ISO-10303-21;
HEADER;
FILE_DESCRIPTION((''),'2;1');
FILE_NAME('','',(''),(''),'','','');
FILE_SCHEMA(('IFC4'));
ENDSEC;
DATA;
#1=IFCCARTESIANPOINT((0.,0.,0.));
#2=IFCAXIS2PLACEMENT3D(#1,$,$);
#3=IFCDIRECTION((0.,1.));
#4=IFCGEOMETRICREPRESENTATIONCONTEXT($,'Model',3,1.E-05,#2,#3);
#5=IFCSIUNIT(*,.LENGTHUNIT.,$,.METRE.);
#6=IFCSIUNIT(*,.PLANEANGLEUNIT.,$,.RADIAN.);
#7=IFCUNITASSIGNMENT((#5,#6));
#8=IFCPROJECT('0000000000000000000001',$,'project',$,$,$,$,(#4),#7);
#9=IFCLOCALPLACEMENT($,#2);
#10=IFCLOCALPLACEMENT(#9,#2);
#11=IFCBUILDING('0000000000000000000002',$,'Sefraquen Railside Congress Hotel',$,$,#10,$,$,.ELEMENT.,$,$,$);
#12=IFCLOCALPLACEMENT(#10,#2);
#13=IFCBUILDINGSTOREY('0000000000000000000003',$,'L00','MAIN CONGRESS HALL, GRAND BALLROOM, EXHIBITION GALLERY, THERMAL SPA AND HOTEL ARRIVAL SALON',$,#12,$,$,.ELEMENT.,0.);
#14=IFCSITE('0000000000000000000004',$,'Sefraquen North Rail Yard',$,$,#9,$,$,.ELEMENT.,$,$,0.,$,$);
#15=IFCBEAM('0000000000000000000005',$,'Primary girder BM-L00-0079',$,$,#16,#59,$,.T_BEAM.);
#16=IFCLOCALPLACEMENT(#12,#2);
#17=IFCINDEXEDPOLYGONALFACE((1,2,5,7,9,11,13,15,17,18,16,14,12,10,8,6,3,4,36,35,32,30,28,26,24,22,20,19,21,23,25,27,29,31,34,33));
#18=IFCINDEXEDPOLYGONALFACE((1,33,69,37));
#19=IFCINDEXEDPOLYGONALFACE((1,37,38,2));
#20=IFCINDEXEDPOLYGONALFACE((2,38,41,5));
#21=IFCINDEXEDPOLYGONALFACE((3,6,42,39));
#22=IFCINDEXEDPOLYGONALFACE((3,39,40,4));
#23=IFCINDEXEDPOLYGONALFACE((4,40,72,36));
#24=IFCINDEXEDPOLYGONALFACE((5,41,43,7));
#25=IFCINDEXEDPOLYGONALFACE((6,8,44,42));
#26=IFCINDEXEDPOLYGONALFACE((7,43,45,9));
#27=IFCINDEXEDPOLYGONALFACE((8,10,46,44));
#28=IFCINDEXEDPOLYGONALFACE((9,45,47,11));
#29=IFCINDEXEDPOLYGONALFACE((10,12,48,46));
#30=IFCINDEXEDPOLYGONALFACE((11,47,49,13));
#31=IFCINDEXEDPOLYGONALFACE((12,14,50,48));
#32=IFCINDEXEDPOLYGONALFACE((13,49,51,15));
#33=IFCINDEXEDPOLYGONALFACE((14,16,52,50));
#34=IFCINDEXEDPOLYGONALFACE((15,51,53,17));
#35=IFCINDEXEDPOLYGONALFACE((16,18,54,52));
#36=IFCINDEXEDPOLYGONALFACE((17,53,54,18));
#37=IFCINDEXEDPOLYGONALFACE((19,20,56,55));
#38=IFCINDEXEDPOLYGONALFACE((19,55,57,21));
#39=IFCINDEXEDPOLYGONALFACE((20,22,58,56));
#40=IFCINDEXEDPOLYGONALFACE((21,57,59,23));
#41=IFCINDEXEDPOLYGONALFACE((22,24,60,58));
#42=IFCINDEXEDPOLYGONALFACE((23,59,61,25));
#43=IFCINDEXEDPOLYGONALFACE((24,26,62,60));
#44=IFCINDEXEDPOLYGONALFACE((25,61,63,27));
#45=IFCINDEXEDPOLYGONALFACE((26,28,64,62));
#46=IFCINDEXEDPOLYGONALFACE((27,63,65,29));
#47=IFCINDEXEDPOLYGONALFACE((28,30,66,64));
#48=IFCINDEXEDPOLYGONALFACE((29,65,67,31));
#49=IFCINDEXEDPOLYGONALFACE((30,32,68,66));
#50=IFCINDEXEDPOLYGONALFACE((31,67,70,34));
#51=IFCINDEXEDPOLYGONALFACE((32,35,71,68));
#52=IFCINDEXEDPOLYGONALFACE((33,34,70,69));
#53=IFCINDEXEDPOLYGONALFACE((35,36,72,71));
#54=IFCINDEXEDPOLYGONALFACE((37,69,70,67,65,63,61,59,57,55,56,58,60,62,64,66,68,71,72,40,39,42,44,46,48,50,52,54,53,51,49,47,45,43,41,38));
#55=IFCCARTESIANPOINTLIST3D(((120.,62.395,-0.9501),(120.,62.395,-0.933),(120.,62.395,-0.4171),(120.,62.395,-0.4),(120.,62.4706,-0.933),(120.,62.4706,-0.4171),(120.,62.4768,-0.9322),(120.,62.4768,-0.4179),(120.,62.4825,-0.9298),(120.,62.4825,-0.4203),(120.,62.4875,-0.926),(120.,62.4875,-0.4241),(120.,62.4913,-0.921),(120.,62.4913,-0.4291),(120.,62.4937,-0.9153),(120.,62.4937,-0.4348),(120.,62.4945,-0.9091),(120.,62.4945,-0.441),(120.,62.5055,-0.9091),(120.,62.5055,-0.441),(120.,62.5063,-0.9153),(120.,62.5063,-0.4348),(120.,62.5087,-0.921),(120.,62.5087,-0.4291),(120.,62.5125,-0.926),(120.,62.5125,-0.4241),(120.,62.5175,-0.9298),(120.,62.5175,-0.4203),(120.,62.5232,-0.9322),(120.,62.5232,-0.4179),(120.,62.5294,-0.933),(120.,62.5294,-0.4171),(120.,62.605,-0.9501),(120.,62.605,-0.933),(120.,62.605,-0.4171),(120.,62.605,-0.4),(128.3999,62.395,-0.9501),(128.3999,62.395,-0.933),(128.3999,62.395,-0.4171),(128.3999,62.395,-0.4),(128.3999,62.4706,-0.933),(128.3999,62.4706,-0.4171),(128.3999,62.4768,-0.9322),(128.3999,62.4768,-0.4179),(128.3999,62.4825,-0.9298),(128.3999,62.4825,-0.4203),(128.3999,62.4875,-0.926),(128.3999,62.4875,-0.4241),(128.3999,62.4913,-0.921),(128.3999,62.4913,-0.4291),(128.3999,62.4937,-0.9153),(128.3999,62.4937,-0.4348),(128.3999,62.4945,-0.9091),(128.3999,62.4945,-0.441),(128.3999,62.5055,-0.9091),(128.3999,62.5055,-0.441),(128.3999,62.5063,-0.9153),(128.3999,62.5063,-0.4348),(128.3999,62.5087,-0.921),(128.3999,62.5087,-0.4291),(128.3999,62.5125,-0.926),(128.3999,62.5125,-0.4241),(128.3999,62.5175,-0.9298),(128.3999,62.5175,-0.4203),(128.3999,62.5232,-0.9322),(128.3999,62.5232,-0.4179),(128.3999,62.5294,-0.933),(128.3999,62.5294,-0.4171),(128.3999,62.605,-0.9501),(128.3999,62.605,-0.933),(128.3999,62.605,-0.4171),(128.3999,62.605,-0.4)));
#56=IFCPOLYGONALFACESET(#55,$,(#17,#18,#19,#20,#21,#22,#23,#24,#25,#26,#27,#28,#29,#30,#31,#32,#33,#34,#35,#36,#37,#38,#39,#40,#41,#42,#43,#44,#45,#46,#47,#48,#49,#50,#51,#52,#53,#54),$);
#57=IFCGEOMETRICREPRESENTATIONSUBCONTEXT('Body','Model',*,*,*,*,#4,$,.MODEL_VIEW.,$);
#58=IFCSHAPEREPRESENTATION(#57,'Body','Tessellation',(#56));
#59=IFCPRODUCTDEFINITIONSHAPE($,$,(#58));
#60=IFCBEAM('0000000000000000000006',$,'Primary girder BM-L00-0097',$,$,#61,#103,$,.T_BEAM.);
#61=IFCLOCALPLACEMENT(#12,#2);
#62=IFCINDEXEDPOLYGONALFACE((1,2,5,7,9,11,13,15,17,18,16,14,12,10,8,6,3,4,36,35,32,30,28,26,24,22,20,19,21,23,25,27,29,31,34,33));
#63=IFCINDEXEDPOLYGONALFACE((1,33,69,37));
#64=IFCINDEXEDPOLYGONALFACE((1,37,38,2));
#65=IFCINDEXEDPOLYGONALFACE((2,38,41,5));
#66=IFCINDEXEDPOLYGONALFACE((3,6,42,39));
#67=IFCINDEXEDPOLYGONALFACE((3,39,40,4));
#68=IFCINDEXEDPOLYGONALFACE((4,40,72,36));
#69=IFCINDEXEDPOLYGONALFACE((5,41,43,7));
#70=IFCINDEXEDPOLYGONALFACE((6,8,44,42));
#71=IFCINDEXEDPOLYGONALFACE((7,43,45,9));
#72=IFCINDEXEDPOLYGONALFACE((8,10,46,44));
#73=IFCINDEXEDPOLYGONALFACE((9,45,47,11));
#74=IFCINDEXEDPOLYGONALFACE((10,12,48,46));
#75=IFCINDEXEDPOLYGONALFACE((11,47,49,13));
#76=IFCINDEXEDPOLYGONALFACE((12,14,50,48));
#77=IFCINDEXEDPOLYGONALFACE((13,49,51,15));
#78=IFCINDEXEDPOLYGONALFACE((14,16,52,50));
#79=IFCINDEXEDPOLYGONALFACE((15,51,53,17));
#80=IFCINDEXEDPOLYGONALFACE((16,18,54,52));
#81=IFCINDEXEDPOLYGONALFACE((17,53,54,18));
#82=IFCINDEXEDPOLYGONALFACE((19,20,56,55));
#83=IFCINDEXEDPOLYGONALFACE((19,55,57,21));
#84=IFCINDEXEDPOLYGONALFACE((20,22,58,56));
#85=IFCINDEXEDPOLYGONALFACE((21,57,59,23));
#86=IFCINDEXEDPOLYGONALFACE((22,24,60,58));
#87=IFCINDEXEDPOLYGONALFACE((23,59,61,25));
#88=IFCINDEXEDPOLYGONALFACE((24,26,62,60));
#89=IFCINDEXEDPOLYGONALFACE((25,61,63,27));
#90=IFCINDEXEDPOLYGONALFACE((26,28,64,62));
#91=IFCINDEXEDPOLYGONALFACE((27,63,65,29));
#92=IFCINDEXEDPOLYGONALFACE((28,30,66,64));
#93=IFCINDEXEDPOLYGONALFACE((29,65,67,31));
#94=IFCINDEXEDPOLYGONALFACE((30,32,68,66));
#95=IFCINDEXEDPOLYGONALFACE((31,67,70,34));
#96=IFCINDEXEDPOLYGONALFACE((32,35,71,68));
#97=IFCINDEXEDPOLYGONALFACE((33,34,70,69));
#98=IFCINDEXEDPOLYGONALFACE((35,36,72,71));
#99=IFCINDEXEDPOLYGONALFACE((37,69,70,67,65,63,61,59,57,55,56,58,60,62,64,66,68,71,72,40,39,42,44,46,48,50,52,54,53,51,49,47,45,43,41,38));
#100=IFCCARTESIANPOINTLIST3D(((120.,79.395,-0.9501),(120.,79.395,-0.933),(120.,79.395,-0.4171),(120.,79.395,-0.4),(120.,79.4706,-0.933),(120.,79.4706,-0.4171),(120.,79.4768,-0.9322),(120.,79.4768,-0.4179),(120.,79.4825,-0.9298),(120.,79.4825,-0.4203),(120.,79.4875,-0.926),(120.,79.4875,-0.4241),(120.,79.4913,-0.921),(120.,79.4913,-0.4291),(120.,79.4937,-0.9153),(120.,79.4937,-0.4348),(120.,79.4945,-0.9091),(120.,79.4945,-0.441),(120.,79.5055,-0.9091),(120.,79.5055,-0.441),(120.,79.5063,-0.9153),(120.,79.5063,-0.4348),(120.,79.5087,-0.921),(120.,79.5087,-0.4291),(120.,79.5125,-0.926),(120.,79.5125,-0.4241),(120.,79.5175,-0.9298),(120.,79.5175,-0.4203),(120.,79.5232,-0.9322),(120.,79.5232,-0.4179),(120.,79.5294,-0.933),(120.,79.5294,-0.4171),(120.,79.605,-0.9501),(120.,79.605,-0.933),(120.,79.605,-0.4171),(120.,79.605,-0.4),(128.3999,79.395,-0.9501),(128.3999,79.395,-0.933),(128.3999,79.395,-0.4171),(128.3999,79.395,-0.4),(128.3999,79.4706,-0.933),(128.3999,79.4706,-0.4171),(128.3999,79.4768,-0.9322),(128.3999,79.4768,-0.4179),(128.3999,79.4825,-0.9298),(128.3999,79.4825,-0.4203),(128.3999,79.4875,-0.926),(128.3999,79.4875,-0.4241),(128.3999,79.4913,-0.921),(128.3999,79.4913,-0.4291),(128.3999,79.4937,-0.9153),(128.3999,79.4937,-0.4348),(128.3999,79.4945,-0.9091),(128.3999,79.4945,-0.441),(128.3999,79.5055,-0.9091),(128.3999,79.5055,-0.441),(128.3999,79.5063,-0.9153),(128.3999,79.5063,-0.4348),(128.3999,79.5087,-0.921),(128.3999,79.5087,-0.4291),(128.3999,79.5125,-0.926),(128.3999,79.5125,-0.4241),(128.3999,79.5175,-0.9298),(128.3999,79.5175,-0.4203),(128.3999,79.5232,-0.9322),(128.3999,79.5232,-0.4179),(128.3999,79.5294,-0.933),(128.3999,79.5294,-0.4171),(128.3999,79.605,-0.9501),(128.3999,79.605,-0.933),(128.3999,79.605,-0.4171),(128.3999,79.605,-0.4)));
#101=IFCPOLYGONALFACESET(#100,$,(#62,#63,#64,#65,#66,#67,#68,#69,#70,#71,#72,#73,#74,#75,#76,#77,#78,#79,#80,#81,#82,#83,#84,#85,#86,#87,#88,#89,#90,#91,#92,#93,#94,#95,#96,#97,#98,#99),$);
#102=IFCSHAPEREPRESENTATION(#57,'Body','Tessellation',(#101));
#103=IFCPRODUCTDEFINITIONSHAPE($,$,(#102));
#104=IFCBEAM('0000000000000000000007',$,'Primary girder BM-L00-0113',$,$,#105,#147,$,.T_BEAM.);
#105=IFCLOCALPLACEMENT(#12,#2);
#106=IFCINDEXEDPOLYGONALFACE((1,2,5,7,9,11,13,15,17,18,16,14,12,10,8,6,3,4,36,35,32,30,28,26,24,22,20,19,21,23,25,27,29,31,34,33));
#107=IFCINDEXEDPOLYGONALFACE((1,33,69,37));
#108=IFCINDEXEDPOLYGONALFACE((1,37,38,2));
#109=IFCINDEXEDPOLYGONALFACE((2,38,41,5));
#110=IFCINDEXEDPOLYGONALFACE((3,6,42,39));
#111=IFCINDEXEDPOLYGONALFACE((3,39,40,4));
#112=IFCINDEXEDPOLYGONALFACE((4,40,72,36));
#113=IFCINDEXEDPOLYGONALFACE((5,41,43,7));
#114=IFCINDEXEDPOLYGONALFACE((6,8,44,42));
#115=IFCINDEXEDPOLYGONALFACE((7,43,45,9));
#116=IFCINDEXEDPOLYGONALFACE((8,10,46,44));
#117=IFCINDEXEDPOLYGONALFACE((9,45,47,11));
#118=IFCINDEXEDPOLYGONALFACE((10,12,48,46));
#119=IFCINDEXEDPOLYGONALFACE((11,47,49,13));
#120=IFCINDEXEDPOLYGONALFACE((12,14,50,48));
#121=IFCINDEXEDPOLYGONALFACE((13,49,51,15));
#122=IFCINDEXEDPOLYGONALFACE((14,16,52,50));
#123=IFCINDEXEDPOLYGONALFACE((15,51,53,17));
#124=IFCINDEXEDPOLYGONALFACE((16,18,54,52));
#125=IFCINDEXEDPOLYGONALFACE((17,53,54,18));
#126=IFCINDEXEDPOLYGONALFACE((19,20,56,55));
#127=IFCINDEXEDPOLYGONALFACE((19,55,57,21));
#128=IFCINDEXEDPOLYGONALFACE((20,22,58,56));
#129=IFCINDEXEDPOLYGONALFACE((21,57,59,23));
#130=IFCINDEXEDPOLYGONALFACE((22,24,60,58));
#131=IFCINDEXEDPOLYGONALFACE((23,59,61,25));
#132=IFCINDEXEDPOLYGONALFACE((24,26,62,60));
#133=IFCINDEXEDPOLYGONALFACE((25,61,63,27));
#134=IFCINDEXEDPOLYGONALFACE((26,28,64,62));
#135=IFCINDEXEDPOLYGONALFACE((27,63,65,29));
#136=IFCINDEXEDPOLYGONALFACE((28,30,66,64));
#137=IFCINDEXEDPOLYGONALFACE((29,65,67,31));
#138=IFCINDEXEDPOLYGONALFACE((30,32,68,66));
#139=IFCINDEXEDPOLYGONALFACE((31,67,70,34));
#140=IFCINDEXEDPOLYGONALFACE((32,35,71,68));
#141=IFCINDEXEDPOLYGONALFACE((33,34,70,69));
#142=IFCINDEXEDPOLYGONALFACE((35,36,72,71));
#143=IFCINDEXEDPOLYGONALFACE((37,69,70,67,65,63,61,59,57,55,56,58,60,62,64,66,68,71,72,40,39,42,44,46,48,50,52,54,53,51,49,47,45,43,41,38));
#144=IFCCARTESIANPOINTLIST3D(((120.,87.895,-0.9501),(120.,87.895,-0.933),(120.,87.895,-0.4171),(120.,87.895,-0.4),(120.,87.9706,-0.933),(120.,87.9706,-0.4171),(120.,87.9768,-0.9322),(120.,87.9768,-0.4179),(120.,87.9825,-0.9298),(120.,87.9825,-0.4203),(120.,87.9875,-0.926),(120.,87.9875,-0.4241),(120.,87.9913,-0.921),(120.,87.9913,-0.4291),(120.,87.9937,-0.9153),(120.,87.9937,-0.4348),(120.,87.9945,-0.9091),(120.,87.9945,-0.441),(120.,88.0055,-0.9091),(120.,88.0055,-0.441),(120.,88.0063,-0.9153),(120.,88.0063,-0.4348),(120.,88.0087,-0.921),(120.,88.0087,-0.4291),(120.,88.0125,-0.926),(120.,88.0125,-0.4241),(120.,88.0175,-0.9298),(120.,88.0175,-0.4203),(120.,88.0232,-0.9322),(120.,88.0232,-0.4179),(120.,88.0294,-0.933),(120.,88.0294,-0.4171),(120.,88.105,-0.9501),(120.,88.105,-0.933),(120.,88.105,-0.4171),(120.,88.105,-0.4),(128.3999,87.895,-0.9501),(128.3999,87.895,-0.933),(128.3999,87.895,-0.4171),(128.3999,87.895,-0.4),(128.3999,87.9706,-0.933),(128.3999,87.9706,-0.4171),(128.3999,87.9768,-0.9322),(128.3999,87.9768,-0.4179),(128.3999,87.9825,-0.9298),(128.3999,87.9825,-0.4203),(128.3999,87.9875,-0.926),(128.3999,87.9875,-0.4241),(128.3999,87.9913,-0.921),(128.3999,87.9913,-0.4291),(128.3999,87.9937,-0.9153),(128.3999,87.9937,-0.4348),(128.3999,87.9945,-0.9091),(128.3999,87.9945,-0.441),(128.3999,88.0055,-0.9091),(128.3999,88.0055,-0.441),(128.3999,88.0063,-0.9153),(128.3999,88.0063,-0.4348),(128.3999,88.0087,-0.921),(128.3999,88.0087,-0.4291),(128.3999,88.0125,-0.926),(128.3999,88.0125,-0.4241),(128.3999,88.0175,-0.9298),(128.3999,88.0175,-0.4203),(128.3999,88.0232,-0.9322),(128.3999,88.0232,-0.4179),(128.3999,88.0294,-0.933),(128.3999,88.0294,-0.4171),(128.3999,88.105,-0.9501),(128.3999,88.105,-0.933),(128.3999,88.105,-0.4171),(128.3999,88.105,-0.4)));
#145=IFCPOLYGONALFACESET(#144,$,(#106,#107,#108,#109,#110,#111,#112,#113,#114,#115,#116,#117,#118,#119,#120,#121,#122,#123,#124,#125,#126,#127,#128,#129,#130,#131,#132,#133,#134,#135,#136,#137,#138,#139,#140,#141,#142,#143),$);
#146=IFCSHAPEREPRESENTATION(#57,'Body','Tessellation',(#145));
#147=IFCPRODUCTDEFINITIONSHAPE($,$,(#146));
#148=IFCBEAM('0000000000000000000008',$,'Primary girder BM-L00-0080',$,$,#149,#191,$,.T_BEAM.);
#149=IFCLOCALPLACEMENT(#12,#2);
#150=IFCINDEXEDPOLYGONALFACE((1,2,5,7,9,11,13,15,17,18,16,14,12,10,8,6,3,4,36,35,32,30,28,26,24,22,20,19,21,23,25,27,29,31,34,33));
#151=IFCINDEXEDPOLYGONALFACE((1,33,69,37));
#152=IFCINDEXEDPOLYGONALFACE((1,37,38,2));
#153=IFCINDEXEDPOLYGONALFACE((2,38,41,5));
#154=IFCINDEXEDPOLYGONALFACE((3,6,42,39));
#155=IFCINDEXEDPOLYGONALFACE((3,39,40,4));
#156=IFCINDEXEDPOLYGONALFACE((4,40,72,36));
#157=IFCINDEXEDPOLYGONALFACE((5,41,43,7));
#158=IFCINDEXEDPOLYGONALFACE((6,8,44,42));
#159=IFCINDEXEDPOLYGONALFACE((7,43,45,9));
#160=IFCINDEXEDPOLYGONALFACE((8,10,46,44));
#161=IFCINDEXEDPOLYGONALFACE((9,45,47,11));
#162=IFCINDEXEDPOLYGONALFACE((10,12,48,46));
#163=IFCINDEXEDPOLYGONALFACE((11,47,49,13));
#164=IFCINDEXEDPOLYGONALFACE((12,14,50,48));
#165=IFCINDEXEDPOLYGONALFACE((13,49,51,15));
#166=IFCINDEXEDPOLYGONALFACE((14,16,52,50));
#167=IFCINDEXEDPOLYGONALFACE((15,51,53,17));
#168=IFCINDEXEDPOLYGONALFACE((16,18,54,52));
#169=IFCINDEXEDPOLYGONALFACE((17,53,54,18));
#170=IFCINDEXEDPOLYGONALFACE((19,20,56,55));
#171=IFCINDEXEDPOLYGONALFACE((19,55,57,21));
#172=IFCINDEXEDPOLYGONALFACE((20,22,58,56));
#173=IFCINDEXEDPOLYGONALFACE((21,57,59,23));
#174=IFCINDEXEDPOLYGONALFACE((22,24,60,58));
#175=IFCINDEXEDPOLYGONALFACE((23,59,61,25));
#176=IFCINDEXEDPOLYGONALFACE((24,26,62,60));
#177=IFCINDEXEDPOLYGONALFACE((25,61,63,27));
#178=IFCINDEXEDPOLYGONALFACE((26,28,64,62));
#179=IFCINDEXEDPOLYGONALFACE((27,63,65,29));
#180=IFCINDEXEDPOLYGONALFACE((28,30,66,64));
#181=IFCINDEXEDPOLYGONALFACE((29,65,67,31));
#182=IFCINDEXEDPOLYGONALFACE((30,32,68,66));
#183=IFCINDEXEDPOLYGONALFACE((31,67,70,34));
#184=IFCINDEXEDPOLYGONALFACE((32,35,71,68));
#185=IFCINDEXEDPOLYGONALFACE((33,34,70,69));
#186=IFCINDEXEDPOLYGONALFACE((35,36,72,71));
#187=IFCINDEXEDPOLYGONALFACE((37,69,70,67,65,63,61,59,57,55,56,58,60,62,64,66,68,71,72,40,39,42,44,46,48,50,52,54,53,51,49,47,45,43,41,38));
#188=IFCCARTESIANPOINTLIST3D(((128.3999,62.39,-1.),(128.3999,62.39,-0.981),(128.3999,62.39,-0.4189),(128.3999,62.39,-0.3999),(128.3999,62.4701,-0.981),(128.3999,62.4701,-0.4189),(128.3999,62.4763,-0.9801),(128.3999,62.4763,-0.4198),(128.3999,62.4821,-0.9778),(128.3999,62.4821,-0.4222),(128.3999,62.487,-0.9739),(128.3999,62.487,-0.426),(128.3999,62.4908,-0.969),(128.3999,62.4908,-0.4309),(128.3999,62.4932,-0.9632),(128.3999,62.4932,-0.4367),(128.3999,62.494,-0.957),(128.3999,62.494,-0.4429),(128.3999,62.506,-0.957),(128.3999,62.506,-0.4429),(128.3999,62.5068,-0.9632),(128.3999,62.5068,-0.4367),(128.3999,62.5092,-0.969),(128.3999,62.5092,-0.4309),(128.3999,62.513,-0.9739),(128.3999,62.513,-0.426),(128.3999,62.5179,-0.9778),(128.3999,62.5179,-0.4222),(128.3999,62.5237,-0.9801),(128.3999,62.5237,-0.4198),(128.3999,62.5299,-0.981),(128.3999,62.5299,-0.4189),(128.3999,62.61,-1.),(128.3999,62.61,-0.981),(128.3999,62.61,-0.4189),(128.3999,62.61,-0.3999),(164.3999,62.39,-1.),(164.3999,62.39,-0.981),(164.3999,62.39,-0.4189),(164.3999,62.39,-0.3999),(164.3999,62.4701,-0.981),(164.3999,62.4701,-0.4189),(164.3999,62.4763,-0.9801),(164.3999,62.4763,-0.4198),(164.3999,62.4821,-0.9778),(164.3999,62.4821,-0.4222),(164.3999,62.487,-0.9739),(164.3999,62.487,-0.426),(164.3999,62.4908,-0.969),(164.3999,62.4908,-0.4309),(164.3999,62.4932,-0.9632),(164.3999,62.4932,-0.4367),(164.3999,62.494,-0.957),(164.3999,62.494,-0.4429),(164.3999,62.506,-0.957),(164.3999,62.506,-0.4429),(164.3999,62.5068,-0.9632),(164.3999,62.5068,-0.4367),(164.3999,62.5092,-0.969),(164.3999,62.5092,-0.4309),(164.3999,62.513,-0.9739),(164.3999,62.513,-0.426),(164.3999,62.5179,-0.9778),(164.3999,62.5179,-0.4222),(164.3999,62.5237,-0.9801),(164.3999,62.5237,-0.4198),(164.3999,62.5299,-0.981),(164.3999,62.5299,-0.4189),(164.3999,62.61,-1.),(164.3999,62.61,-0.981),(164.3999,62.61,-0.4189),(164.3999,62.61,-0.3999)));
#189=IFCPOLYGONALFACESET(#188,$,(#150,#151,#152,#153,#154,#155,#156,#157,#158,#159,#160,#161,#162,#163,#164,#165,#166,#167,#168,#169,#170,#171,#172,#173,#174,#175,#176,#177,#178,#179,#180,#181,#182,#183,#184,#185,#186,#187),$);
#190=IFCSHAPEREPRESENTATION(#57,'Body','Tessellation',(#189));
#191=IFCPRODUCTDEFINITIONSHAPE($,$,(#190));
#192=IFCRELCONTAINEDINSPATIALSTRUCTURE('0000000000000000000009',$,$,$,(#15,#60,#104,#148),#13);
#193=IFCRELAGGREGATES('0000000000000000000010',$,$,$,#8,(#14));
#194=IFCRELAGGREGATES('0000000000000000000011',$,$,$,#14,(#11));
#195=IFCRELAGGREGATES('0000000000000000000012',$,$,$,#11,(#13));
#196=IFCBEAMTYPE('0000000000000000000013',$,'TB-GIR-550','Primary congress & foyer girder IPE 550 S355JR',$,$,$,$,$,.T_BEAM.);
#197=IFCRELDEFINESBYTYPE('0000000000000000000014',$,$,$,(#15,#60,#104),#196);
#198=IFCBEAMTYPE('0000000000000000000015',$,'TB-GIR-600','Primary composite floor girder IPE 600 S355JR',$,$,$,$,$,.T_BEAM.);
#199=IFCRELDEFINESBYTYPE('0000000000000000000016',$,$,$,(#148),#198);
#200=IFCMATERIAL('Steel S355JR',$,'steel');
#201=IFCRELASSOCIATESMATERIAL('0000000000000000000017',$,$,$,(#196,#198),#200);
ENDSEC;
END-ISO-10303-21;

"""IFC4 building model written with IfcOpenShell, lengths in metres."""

from ifc_helpers import new_model, si_unit, direction, frame, origin, origin_2d, place, context, subcontext, project, spatial, i_section, extrude, material, material_profile, profile_set, type_object, element, save


model = new_model("IFC4")

# Units and contexts
model_context = context("Model", 3, precision=1e-05, world=origin(), true_north=direction((0.0, 1.0)))
body_context = subcontext(model_context, "Body", "Model", "MODEL_VIEW")
ifc_project = project(units=[si_unit("LENGTHUNIT", "METRE"), si_unit("PLANEANGLEUNIT", "RADIAN")], contexts=[model_context])

# Site, building, storey
site_placement = place(None, origin())
site = spatial("IfcSite", under=ifc_project, at=site_placement, Name="Sefraquen North Rail Yard", CompositionType="ELEMENT", RefElevation=0.0)
building_placement = place(site_placement, origin())
building = spatial("IfcBuilding", under=site, at=building_placement, Name="Sefraquen Railside Congress Hotel", CompositionType="ELEMENT")
storey_placement = place(building_placement, origin())
storey = spatial("IfcBuildingStorey", under=building, at=storey_placement, Name="L00", Description="MAIN CONGRESS HALL, GRAND BALLROOM, EXHIBITION GALLERY, THERMAL SPA AND HOTEL ARRIVAL SALON", CompositionType="ELEMENT", Elevation=0.0)

# Shared definitions
ifc_material_1 = material(Name="Steel S355JR", Category="steel")

# Beams
ifc_material_profile_1 = material_profile(ifc_material_1, i_section(OverallWidth=0.21, OverallDepth=0.55, WebThickness=0.011, FlangeThickness=0.0171, FilletRadius=0.0239, at=origin_2d()), Name="IPE 550")
ifc_profile_set_1 = profile_set([ifc_material_profile_1], Name="Steel S355JR")
beam_type_1 = type_object("IfcBeamType", Name="TB-GIR-550", Description="Primary congress & foyer girder IPE 550 S355JR", PredefinedType="T_BEAM", material=ifc_profile_set_1)
for number, where, z_axis, x_axis, name in (
    (1, (120.0, 62.5, -0.675), (1.0, 0.0, 0.0), (0.0, 1.0, 0.0), "Primary girder BM-L00-0079"),
    (2, (120.0, 79.5, -0.675), (1.0, 0.0, 0.0), (0.0, 1.0, 0.0), "Primary girder BM-L00-0097"),
    (3, (120.0, 88.0, -0.675), (1.0, 0.0, 0.0), (0.0, 1.0, 0.0), "Primary girder BM-L00-0113"),
):
    element("IfcBeam", number, at=place(storey_placement, frame(where, z_axis=z_axis, x_axis=x_axis)), inside=storey, type_object=beam_type_1, Name=name, PredefinedType="T_BEAM", context=body_context, shape_type="SweptSolid", body=[
        extrude(i_section(OverallWidth=0.21, OverallDepth=0.55, WebThickness=0.011, FlangeThickness=0.0171, FilletRadius=0.0239, at=origin_2d()), origin(), (0.0, 0.0, 1.0), 8.3999),
    ])
ifc_material_profile_2 = material_profile(ifc_material_1, i_section(OverallWidth=0.22, OverallDepth=0.6001, WebThickness=0.012, FlangeThickness=0.019, FilletRadius=0.0239, at=origin_2d()), Name="IPE 600")
ifc_profile_set_2 = profile_set([ifc_material_profile_2], Name="Steel S355JR")
beam_type_2 = type_object("IfcBeamType", Name="TB-GIR-600", Description="Primary composite floor girder IPE 600 S355JR", PredefinedType="T_BEAM", material=ifc_profile_set_2)
for number, where, z_axis, x_axis, name in (
    (4, (128.3999, 62.5, -0.7), (1.0, 0.0, 0.0), (0.0, 1.0, 0.0), "Primary girder BM-L00-0080"),
):
    element("IfcBeam", number, at=place(storey_placement, frame(where, z_axis=z_axis, x_axis=x_axis)), inside=storey, type_object=beam_type_2, Name=name, PredefinedType="T_BEAM", context=body_context, shape_type="SweptSolid", body=[
        extrude(i_section(OverallWidth=0.22, OverallDepth=0.6001, WebThickness=0.012, FlangeThickness=0.019, FilletRadius=0.0239, at=origin_2d()), origin(), (0.0, 0.0, 1.0), 36.0),
    ])

save(model, "model.ifc")
